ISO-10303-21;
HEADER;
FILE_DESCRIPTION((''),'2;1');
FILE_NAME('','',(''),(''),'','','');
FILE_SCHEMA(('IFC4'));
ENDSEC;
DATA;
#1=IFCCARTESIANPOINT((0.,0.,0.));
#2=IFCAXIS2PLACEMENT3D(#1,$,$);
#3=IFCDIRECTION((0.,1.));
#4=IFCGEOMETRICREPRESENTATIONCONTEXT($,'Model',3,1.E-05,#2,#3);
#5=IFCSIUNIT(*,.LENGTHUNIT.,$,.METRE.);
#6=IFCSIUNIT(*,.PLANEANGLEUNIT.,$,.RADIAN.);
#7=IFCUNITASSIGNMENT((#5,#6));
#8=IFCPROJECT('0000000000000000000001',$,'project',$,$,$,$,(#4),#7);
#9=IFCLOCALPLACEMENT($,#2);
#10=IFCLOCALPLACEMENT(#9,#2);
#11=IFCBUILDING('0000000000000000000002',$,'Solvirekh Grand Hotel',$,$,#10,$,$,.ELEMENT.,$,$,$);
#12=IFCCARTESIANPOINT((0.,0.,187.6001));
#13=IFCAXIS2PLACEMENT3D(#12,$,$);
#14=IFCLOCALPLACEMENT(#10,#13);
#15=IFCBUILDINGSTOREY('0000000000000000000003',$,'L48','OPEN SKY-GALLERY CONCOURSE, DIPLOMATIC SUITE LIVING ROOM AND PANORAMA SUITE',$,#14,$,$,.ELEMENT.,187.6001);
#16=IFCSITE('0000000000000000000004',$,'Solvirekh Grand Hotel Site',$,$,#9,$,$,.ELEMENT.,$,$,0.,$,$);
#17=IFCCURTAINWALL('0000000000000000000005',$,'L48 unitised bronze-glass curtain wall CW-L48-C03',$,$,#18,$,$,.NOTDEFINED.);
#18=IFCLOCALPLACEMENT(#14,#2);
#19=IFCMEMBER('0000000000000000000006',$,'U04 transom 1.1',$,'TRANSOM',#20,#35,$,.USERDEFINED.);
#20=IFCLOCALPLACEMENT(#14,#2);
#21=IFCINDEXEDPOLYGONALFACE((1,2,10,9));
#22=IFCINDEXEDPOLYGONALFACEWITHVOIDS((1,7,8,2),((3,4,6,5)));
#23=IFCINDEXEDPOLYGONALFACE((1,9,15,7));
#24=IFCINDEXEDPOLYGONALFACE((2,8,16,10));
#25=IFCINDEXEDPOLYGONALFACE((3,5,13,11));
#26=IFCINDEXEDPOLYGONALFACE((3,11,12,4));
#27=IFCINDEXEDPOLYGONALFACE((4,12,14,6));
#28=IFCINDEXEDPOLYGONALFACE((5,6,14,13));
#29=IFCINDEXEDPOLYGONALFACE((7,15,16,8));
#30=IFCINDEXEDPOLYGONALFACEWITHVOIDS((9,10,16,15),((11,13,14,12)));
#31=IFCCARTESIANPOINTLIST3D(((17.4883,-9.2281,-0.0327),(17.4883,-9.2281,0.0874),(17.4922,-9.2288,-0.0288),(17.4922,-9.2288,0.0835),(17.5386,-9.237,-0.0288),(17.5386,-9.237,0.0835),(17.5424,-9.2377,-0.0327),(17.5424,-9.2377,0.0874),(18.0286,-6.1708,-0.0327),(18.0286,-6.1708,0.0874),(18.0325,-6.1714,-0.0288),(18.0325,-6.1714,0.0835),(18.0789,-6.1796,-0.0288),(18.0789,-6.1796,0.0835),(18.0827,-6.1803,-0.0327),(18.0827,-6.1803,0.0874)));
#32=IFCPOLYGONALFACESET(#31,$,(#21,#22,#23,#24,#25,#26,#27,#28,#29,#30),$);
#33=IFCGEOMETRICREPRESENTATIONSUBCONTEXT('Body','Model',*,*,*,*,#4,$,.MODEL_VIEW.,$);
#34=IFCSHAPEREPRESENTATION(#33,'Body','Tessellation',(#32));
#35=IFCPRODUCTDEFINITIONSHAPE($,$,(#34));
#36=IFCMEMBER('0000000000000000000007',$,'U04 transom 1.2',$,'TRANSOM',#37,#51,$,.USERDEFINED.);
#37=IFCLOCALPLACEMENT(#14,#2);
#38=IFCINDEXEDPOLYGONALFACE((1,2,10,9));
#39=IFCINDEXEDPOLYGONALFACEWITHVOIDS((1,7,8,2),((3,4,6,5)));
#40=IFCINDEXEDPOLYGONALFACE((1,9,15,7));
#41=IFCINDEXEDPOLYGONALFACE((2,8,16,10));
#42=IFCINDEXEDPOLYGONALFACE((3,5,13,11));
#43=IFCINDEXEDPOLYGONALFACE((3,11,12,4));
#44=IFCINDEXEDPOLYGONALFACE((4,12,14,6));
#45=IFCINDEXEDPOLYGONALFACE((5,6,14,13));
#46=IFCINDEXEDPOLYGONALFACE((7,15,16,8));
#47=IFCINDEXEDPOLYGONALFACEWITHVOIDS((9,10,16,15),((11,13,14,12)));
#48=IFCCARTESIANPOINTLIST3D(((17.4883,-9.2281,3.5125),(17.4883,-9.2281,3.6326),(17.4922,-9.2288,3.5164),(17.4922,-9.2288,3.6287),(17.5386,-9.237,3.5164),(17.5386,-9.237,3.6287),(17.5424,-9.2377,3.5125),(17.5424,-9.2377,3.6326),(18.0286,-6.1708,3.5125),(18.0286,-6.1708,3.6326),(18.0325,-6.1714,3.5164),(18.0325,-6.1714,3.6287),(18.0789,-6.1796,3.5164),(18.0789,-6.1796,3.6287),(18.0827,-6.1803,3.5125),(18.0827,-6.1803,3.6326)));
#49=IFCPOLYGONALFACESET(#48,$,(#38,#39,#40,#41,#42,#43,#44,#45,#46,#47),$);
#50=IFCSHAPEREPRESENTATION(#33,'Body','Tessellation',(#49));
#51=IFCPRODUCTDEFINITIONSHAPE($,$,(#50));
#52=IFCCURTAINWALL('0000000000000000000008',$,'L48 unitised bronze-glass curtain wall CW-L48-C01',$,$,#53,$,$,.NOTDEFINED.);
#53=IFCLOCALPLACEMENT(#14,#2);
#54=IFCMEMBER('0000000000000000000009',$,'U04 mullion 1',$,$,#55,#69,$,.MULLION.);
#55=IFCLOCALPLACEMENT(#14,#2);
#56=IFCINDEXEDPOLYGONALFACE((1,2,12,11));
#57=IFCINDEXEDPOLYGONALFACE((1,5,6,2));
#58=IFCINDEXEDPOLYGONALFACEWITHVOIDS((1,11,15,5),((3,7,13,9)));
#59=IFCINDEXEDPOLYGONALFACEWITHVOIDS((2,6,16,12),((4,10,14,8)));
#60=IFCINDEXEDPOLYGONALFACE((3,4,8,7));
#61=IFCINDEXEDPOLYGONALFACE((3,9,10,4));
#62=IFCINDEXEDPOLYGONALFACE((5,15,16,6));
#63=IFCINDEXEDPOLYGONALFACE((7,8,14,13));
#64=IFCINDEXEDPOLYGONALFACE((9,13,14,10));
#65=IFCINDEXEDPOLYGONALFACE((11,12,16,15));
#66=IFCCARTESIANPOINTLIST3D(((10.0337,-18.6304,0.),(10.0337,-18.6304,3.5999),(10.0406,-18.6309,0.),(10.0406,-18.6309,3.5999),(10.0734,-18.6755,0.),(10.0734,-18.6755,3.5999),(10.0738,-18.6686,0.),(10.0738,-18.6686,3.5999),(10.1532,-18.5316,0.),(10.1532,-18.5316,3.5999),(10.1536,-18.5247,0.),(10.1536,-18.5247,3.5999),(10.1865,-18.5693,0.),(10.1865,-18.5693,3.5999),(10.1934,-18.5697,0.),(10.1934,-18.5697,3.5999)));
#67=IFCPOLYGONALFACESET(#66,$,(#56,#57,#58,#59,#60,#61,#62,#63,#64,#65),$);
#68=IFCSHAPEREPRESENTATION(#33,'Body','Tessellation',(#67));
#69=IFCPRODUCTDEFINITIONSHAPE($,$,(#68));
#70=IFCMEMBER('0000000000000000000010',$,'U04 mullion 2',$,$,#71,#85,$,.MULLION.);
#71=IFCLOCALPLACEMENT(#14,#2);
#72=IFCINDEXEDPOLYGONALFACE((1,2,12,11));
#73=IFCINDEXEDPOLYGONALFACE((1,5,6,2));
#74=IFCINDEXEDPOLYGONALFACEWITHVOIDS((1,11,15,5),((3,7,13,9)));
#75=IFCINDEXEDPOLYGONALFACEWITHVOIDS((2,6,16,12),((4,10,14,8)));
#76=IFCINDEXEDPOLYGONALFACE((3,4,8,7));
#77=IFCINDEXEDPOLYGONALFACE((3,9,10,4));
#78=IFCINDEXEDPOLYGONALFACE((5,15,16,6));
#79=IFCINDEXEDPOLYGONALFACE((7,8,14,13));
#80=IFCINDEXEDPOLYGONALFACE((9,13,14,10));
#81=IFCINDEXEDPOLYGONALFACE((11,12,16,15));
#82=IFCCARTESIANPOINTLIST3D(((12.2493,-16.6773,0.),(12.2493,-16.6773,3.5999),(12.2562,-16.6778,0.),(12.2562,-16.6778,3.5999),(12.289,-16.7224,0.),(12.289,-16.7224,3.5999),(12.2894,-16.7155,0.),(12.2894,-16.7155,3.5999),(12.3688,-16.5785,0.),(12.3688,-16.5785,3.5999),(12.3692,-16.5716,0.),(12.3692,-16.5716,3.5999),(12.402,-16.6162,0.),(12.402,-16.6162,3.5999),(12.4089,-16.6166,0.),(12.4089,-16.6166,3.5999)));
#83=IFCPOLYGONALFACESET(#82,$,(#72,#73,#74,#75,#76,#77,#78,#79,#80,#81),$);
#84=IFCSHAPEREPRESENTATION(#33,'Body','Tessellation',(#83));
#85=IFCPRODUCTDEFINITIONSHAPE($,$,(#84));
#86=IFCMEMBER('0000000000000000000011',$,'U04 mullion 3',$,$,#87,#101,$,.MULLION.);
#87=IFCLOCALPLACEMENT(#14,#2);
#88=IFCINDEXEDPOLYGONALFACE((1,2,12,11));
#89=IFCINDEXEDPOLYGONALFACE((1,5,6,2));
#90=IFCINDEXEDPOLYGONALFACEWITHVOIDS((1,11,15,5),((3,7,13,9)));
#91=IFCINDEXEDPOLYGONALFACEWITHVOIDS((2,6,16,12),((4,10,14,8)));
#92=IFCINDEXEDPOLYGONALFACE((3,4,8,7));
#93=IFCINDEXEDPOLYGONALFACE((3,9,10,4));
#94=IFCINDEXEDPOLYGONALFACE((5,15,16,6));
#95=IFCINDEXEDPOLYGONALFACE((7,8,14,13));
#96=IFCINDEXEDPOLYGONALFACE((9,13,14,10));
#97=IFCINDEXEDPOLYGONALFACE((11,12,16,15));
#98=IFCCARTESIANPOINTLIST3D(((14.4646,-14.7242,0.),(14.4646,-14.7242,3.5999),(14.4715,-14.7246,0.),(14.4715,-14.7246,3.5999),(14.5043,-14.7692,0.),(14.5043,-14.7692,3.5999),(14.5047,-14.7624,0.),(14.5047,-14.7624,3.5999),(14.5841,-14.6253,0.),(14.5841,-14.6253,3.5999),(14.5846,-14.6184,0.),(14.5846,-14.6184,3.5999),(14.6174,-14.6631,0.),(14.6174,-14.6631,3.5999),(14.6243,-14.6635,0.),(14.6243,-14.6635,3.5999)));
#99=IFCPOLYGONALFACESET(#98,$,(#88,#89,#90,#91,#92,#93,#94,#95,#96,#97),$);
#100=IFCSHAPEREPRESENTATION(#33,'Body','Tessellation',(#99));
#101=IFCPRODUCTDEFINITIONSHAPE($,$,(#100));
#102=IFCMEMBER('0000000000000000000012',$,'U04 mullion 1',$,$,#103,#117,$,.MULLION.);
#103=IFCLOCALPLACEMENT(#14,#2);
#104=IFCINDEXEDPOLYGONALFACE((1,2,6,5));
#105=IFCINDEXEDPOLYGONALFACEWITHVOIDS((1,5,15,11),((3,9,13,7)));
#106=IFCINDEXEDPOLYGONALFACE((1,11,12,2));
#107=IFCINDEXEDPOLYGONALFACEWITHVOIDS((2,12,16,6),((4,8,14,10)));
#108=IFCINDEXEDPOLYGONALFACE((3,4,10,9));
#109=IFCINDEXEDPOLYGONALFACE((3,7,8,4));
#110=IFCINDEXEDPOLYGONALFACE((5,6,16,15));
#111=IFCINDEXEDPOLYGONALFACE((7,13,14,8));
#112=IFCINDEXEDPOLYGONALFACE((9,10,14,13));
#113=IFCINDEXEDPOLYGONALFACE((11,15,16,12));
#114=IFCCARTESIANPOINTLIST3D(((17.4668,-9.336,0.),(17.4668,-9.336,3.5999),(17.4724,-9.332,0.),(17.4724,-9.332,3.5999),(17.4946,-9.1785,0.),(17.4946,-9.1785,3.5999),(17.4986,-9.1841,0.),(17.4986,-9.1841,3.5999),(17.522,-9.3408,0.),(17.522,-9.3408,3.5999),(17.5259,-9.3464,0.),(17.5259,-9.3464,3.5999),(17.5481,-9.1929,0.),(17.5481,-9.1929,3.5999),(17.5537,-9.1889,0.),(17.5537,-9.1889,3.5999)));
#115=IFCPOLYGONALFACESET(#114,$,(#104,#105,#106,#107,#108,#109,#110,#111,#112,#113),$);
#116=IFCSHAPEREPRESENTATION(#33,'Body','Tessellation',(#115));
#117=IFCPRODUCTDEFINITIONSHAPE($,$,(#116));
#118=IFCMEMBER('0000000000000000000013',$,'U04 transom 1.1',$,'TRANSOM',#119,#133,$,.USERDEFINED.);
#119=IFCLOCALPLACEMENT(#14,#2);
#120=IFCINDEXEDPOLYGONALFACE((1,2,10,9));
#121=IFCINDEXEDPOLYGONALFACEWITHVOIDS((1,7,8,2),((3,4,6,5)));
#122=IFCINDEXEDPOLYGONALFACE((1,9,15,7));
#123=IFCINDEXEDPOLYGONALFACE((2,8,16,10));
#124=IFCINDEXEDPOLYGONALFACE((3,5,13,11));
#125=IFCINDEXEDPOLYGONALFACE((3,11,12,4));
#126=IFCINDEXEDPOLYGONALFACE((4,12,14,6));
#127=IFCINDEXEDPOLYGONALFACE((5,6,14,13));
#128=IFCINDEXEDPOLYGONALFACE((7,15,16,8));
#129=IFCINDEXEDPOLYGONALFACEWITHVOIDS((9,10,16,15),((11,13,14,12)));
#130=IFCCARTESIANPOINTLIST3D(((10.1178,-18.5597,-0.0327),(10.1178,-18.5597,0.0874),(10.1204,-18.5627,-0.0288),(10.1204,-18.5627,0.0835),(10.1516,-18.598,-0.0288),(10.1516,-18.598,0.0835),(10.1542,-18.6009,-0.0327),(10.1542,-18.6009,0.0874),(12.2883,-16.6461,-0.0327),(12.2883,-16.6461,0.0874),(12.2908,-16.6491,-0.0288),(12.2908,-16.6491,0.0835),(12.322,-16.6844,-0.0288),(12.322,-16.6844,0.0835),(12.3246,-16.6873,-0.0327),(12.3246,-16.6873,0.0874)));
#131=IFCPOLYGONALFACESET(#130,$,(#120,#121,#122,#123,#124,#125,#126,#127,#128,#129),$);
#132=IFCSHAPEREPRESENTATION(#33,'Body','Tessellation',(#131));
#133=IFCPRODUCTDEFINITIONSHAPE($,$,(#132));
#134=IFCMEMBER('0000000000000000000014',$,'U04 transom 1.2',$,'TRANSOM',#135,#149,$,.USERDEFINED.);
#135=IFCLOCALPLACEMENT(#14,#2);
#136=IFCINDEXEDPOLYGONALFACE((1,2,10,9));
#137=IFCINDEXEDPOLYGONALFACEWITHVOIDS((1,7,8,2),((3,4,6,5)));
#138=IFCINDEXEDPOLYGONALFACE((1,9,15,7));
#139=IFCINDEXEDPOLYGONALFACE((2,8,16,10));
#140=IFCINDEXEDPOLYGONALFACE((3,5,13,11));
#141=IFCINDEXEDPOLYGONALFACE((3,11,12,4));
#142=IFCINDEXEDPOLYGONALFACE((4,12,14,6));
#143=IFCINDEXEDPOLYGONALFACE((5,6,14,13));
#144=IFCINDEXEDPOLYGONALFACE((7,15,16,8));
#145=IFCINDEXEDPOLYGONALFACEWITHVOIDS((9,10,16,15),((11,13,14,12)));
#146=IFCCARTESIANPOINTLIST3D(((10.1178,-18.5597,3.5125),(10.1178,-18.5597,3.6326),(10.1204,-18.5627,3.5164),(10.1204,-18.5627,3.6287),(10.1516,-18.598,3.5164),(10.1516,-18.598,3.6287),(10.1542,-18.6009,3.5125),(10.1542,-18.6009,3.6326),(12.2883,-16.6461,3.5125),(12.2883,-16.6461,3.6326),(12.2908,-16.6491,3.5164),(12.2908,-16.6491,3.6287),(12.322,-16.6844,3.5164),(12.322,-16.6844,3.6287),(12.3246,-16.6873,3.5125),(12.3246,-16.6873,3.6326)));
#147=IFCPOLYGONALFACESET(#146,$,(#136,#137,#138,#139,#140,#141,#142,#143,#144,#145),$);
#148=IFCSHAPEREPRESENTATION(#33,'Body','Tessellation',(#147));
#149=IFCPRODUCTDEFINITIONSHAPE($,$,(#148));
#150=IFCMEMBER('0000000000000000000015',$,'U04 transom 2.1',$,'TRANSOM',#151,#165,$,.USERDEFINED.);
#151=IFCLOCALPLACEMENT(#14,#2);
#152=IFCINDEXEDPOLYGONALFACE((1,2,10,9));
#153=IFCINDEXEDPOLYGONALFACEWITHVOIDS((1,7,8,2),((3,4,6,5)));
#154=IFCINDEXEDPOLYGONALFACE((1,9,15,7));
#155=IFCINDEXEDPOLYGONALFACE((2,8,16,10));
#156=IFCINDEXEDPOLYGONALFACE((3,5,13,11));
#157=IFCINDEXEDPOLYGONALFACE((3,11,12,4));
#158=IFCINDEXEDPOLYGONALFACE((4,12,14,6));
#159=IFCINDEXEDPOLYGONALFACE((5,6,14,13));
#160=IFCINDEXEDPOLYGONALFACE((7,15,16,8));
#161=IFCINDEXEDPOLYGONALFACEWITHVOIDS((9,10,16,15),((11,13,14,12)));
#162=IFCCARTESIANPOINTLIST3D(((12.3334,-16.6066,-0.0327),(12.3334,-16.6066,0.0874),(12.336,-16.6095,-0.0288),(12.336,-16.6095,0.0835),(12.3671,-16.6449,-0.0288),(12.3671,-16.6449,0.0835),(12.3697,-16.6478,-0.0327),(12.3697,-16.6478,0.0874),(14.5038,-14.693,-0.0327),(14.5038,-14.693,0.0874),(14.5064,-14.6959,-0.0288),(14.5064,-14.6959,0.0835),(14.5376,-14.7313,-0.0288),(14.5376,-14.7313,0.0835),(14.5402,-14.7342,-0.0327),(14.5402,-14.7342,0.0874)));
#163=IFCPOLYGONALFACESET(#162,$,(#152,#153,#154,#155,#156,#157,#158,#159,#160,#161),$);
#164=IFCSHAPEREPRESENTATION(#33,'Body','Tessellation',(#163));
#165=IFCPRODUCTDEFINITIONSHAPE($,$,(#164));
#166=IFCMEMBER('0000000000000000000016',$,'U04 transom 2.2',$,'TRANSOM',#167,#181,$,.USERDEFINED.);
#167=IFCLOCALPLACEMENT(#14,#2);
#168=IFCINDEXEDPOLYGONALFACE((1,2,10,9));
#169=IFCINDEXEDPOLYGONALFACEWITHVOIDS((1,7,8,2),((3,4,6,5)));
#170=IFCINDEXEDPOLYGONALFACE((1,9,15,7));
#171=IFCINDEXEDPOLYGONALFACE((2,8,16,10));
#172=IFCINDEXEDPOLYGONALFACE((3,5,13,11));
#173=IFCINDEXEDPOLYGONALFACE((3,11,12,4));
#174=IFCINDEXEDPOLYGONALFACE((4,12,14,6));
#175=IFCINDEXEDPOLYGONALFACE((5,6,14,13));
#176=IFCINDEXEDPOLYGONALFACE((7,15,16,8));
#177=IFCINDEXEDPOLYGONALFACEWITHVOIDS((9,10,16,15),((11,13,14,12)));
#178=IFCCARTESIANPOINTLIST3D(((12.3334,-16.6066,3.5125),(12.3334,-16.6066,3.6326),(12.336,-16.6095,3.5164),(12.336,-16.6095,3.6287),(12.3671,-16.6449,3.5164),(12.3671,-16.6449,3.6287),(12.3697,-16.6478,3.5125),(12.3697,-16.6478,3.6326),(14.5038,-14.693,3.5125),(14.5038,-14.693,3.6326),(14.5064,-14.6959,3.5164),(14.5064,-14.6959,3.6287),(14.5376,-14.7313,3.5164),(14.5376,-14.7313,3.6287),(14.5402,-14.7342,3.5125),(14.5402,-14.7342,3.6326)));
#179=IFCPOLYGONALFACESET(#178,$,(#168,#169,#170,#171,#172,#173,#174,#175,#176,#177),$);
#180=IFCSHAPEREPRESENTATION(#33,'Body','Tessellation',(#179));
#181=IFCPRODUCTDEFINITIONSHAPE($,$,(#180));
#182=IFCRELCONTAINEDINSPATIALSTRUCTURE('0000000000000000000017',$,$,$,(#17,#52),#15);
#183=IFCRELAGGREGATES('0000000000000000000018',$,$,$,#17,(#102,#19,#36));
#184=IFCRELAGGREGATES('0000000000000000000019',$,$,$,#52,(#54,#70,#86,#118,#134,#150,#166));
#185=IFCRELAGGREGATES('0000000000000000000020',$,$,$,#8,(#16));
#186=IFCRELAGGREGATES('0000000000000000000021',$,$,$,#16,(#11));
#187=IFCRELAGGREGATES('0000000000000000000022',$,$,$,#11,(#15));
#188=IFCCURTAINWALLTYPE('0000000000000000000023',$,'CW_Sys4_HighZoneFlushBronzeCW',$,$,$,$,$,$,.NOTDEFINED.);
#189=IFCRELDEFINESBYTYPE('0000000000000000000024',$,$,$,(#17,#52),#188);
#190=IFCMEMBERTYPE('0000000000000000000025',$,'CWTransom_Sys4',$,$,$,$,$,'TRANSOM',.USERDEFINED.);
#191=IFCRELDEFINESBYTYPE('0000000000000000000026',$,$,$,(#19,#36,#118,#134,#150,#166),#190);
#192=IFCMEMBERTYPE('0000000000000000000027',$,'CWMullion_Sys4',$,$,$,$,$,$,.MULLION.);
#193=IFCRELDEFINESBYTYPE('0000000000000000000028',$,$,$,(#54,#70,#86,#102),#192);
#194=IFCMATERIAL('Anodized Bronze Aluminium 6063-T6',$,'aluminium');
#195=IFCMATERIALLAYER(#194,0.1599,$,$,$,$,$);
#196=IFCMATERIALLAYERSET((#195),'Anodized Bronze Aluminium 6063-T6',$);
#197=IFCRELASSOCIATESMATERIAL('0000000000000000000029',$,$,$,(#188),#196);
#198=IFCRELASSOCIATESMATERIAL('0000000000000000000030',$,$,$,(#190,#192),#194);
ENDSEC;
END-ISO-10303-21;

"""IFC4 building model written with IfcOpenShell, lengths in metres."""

from ifc_helpers import new_model, si_unit, direction, frame, origin, origin_2d, place, context, subcontext, project, spatial, hollow_rectangle, extrude, source, transform, mapped, material, layer, layer_set, material_profile, profile_set, type_object, element, aggregate, save


model = new_model("IFC4")

# Units and contexts
model_context = context("Model", 3, precision=1e-05, world=origin(), true_north=direction((0.0, 1.0)))
body_context = subcontext(model_context, "Body", "Model", "MODEL_VIEW")
ifc_project = project(units=[si_unit("LENGTHUNIT", "METRE"), si_unit("PLANEANGLEUNIT", "RADIAN")], contexts=[model_context])

# Site, building, storey
site_placement = place(None, origin())
site = spatial("IfcSite", under=ifc_project, at=site_placement, Name="Solvirekh Grand Hotel Site", CompositionType="ELEMENT", RefElevation=0.0)
building_placement = place(site_placement, origin())
building = spatial("IfcBuilding", under=site, at=building_placement, Name="Solvirekh Grand Hotel", CompositionType="ELEMENT")
storey_placement = place(building_placement, frame((0.0, 0.0, 187.6001)))
storey = spatial("IfcBuildingStorey", under=building, at=storey_placement, Name="L48", Description="OPEN SKY-GALLERY CONCOURSE, DIPLOMATIC SUITE LIVING ROOM AND PANORAMA SUITE", CompositionType="ELEMENT", Elevation=187.6001)

# Curtain walls, members
ifc_material_1 = material(Name="Anodized Bronze Aluminium 6063-T6", Category="aluminium")
ifc_layer_1 = layer(ifc_material_1, 0.1599)
ifc_layer_set_1 = layer_set([ifc_layer_1], Name="Anodized Bronze Aluminium 6063-T6")
curtain_wall_type = type_object("IfcCurtainWallType", Name="CW_Sys4_HighZoneFlushBronzeCW", PredefinedType="NOTDEFINED", material=ifc_layer_set_1)
curtain_wall_1_placement = place(storey_placement, origin())
curtain_wall_1 = element("IfcCurtainWall", 1, at=curtain_wall_1_placement, inside=storey, type_object=curtain_wall_type, Name="L48 unitised bronze-glass curtain wall CW-L48-C03", PredefinedType="NOTDEFINED")
ifc_material_profile_1 = material_profile(ifc_material_1, hollow_rectangle(XDim=0.0549, YDim=0.1201, WallThickness=0.0039, at=origin_2d()), Name="ALU RHS 120X55X4")
ifc_profile_set_1 = profile_set([ifc_material_profile_1], Name="Anodized Bronze Aluminium 6063-T6")
member_type_1 = type_object("IfcMemberType", Name="CWTransom_Sys4", ElementType="TRANSOM", PredefinedType="USERDEFINED", material=ifc_profile_set_1)
shared_shape_1 = source(origin(), body_context, "Body", "SweptSolid", [
    extrude(hollow_rectangle(XDim=0.0549, YDim=0.1201, WallThickness=0.0039, at=origin_2d()), origin(), (0.0, 0.0, 1.0), 3.1047),
])
member_1_placement = place(storey_placement, frame((17.5154, -9.2329, 0.0273), z_axis=(0.174019, 0.984742, 0.0), x_axis=(-0.984742, 0.174019, 0.0)))
member_1 = element("IfcMember", 2, at=member_1_placement, type_object=member_type_1, Name="U04 transom 1.1", ObjectType="TRANSOM", PredefinedType="USERDEFINED", context=body_context, shape_type="MappedRepresentation", body=[
    mapped(shared_shape_1, transform((0.0, 0.0, 0.0), x_axis=(1.0, 0.0, 0.0), y_axis=(0.0, 1.0, 0.0), z_axis=(0.0, 0.0, 1.0), scale=1.0)),
])
member_2_placement = place(storey_placement, frame((17.5154, -9.2329, 3.5725), z_axis=(0.174019, 0.984742, 0.0), x_axis=(-0.984742, 0.174019, 0.0)))
member_2 = element("IfcMember", 3, at=member_2_placement, type_object=member_type_1, Name="U04 transom 1.2", ObjectType="TRANSOM", PredefinedType="USERDEFINED", context=body_context, shape_type="MappedRepresentation", body=[
    mapped(shared_shape_1, transform((0.0, 0.0, 0.0), x_axis=(1.0, 0.0, 0.0), y_axis=(0.0, 1.0, 0.0), z_axis=(0.0, 0.0, 1.0), scale=1.0)),
])
curtain_wall_2_placement = place(storey_placement, origin())
curtain_wall_2 = element("IfcCurtainWall", 4, at=curtain_wall_2_placement, inside=storey, type_object=curtain_wall_type, Name="L48 unitised bronze-glass curtain wall CW-L48-C01", PredefinedType="NOTDEFINED")
ifc_material_profile_2 = material_profile(ifc_material_1, hollow_rectangle(XDim=0.0601, YDim=0.1599, WallThickness=0.0049, at=origin_2d()), Name="ALU RHS 160X60X5")
ifc_profile_set_2 = profile_set([ifc_material_profile_2], Name="Anodized Bronze Aluminium 6063-T6")
member_type_2 = type_object("IfcMemberType", Name="CWMullion_Sys4", PredefinedType="MULLION", material=ifc_profile_set_2)
shared_shape_2 = source(origin(), body_context, "Body", "SweptSolid", [
    extrude(hollow_rectangle(XDim=0.0601, YDim=0.1599, WallThickness=0.0049, at=origin_2d()), origin(), (0.0, 0.0, 1.0), 3.5999),
])
member_3_placement = place(storey_placement, frame((10.1135, -18.6001, 0.0), z_axis=(0.0, 0.0, 1.0), x_axis=(-0.6613, 0.750121, 0.0)))
member_3 = element("IfcMember", 5, at=member_3_placement, type_object=member_type_2, Name="U04 mullion 1", PredefinedType="MULLION", context=body_context, shape_type="MappedRepresentation", body=[
    mapped(shared_shape_2, transform((0.0, 0.0, 0.0), x_axis=(1.0, 0.0, 0.0), y_axis=(0.0, 1.0, 0.0), z_axis=(0.0, 0.0, 1.0), scale=1.0)),
])
member_4_placement = place(storey_placement, frame((12.3291, -16.647, 0.0), z_axis=(0.0, 0.0, 1.0), x_axis=(-0.6613, 0.750121, 0.0)))
member_4 = element("IfcMember", 6, at=member_4_placement, type_object=member_type_2, Name="U04 mullion 2", PredefinedType="MULLION", context=body_context, shape_type="MappedRepresentation", body=[
    mapped(shared_shape_2, transform((0.0, 0.0, 0.0), x_axis=(1.0, 0.0, 0.0), y_axis=(0.0, 1.0, 0.0), z_axis=(0.0, 0.0, 1.0), scale=1.0)),
])
member_5_placement = place(storey_placement, frame((14.5444, -14.6938, 0.0), z_axis=(0.0, 0.0, 1.0), x_axis=(-0.6613, 0.750121, 0.0)))
member_5 = element("IfcMember", 7, at=member_5_placement, type_object=member_type_2, Name="U04 mullion 3", PredefinedType="MULLION", context=body_context, shape_type="MappedRepresentation", body=[
    mapped(shared_shape_2, transform((0.0, 0.0, 0.0), x_axis=(1.0, 0.0, 0.0), y_axis=(0.0, 1.0, 0.0), z_axis=(0.0, 0.0, 1.0), scale=1.0)),
])

# Members
member_6_placement = place(storey_placement, frame((17.5103, -9.2625, 0.0), z_axis=(0.0, 0.0, 1.0), x_axis=(-0.984739, 0.174035, 0.0)))
member_6 = element("IfcMember", 8, at=member_6_placement, type_object=member_type_2, Name="U04 mullion 1", PredefinedType="MULLION", context=body_context, shape_type="MappedRepresentation", body=[
    mapped(shared_shape_2, transform((0.0, 0.0, 0.0), x_axis=(1.0, 0.0, 0.0), y_axis=(0.0, 1.0, 0.0), z_axis=(0.0, 0.0, 1.0), scale=1.0)),
])
shared_shape_3 = source(origin(), body_context, "Body", "SweptSolid", [
    extrude(hollow_rectangle(XDim=0.0549, YDim=0.1201, WallThickness=0.0039, at=origin_2d()), origin(), (0.0, 0.0, 1.0), 2.8936),
])
member_7_placement = place(storey_placement, frame((10.136, -18.5803, 0.0273), z_axis=(0.750094, 0.661331, 0.0), x_axis=(-0.661331, 0.750094, 0.0)))
member_7 = element("IfcMember", 9, at=member_7_placement, type_object=member_type_1, Name="U04 transom 1.1", ObjectType="TRANSOM", PredefinedType="USERDEFINED", context=body_context, shape_type="MappedRepresentation", body=[
    mapped(shared_shape_3, transform((0.0, 0.0, 0.0), x_axis=(1.0, 0.0, 0.0), y_axis=(0.0, 1.0, 0.0), z_axis=(0.0, 0.0, 1.0), scale=1.0)),
])
member_8_placement = place(storey_placement, frame((10.136, -18.5803, 3.5725), z_axis=(0.750094, 0.661331, 0.0), x_axis=(-0.661331, 0.750094, 0.0)))
member_8 = element("IfcMember", 10, at=member_8_placement, type_object=member_type_1, Name="U04 transom 1.2", ObjectType="TRANSOM", PredefinedType="USERDEFINED", context=body_context, shape_type="MappedRepresentation", body=[
    mapped(shared_shape_3, transform((0.0, 0.0, 0.0), x_axis=(1.0, 0.0, 0.0), y_axis=(0.0, 1.0, 0.0), z_axis=(0.0, 0.0, 1.0), scale=1.0)),
])
member_9_placement = place(storey_placement, frame((12.3516, -16.6272, 0.0273), z_axis=(0.750094, 0.661331, 0.0), x_axis=(-0.661331, 0.750094, 0.0)))
member_9 = element("IfcMember", 11, at=member_9_placement, type_object=member_type_1, Name="U04 transom 2.1", ObjectType="TRANSOM", PredefinedType="USERDEFINED", context=body_context, shape_type="MappedRepresentation", body=[
    mapped(shared_shape_3, transform((0.0, 0.0, 0.0), x_axis=(1.0, 0.0, 0.0), y_axis=(0.0, 1.0, 0.0), z_axis=(0.0, 0.0, 1.0), scale=1.0)),
])
member_10_placement = place(storey_placement, frame((12.3516, -16.6272, 3.5725), z_axis=(0.750094, 0.661331, 0.0), x_axis=(-0.661331, 0.750094, 0.0)))
member_10 = element("IfcMember", 12, at=member_10_placement, type_object=member_type_1, Name="U04 transom 2.2", ObjectType="TRANSOM", PredefinedType="USERDEFINED", context=body_context, shape_type="MappedRepresentation", body=[
    mapped(shared_shape_3, transform((0.0, 0.0, 0.0), x_axis=(1.0, 0.0, 0.0), y_axis=(0.0, 1.0, 0.0), z_axis=(0.0, 0.0, 1.0), scale=1.0)),
])

aggregate(curtain_wall_1, [member_6, member_1, member_2])
aggregate(curtain_wall_2, [member_3, member_4, member_5, member_7, member_8, member_9, member_10])

save(model, "model.ifc")
